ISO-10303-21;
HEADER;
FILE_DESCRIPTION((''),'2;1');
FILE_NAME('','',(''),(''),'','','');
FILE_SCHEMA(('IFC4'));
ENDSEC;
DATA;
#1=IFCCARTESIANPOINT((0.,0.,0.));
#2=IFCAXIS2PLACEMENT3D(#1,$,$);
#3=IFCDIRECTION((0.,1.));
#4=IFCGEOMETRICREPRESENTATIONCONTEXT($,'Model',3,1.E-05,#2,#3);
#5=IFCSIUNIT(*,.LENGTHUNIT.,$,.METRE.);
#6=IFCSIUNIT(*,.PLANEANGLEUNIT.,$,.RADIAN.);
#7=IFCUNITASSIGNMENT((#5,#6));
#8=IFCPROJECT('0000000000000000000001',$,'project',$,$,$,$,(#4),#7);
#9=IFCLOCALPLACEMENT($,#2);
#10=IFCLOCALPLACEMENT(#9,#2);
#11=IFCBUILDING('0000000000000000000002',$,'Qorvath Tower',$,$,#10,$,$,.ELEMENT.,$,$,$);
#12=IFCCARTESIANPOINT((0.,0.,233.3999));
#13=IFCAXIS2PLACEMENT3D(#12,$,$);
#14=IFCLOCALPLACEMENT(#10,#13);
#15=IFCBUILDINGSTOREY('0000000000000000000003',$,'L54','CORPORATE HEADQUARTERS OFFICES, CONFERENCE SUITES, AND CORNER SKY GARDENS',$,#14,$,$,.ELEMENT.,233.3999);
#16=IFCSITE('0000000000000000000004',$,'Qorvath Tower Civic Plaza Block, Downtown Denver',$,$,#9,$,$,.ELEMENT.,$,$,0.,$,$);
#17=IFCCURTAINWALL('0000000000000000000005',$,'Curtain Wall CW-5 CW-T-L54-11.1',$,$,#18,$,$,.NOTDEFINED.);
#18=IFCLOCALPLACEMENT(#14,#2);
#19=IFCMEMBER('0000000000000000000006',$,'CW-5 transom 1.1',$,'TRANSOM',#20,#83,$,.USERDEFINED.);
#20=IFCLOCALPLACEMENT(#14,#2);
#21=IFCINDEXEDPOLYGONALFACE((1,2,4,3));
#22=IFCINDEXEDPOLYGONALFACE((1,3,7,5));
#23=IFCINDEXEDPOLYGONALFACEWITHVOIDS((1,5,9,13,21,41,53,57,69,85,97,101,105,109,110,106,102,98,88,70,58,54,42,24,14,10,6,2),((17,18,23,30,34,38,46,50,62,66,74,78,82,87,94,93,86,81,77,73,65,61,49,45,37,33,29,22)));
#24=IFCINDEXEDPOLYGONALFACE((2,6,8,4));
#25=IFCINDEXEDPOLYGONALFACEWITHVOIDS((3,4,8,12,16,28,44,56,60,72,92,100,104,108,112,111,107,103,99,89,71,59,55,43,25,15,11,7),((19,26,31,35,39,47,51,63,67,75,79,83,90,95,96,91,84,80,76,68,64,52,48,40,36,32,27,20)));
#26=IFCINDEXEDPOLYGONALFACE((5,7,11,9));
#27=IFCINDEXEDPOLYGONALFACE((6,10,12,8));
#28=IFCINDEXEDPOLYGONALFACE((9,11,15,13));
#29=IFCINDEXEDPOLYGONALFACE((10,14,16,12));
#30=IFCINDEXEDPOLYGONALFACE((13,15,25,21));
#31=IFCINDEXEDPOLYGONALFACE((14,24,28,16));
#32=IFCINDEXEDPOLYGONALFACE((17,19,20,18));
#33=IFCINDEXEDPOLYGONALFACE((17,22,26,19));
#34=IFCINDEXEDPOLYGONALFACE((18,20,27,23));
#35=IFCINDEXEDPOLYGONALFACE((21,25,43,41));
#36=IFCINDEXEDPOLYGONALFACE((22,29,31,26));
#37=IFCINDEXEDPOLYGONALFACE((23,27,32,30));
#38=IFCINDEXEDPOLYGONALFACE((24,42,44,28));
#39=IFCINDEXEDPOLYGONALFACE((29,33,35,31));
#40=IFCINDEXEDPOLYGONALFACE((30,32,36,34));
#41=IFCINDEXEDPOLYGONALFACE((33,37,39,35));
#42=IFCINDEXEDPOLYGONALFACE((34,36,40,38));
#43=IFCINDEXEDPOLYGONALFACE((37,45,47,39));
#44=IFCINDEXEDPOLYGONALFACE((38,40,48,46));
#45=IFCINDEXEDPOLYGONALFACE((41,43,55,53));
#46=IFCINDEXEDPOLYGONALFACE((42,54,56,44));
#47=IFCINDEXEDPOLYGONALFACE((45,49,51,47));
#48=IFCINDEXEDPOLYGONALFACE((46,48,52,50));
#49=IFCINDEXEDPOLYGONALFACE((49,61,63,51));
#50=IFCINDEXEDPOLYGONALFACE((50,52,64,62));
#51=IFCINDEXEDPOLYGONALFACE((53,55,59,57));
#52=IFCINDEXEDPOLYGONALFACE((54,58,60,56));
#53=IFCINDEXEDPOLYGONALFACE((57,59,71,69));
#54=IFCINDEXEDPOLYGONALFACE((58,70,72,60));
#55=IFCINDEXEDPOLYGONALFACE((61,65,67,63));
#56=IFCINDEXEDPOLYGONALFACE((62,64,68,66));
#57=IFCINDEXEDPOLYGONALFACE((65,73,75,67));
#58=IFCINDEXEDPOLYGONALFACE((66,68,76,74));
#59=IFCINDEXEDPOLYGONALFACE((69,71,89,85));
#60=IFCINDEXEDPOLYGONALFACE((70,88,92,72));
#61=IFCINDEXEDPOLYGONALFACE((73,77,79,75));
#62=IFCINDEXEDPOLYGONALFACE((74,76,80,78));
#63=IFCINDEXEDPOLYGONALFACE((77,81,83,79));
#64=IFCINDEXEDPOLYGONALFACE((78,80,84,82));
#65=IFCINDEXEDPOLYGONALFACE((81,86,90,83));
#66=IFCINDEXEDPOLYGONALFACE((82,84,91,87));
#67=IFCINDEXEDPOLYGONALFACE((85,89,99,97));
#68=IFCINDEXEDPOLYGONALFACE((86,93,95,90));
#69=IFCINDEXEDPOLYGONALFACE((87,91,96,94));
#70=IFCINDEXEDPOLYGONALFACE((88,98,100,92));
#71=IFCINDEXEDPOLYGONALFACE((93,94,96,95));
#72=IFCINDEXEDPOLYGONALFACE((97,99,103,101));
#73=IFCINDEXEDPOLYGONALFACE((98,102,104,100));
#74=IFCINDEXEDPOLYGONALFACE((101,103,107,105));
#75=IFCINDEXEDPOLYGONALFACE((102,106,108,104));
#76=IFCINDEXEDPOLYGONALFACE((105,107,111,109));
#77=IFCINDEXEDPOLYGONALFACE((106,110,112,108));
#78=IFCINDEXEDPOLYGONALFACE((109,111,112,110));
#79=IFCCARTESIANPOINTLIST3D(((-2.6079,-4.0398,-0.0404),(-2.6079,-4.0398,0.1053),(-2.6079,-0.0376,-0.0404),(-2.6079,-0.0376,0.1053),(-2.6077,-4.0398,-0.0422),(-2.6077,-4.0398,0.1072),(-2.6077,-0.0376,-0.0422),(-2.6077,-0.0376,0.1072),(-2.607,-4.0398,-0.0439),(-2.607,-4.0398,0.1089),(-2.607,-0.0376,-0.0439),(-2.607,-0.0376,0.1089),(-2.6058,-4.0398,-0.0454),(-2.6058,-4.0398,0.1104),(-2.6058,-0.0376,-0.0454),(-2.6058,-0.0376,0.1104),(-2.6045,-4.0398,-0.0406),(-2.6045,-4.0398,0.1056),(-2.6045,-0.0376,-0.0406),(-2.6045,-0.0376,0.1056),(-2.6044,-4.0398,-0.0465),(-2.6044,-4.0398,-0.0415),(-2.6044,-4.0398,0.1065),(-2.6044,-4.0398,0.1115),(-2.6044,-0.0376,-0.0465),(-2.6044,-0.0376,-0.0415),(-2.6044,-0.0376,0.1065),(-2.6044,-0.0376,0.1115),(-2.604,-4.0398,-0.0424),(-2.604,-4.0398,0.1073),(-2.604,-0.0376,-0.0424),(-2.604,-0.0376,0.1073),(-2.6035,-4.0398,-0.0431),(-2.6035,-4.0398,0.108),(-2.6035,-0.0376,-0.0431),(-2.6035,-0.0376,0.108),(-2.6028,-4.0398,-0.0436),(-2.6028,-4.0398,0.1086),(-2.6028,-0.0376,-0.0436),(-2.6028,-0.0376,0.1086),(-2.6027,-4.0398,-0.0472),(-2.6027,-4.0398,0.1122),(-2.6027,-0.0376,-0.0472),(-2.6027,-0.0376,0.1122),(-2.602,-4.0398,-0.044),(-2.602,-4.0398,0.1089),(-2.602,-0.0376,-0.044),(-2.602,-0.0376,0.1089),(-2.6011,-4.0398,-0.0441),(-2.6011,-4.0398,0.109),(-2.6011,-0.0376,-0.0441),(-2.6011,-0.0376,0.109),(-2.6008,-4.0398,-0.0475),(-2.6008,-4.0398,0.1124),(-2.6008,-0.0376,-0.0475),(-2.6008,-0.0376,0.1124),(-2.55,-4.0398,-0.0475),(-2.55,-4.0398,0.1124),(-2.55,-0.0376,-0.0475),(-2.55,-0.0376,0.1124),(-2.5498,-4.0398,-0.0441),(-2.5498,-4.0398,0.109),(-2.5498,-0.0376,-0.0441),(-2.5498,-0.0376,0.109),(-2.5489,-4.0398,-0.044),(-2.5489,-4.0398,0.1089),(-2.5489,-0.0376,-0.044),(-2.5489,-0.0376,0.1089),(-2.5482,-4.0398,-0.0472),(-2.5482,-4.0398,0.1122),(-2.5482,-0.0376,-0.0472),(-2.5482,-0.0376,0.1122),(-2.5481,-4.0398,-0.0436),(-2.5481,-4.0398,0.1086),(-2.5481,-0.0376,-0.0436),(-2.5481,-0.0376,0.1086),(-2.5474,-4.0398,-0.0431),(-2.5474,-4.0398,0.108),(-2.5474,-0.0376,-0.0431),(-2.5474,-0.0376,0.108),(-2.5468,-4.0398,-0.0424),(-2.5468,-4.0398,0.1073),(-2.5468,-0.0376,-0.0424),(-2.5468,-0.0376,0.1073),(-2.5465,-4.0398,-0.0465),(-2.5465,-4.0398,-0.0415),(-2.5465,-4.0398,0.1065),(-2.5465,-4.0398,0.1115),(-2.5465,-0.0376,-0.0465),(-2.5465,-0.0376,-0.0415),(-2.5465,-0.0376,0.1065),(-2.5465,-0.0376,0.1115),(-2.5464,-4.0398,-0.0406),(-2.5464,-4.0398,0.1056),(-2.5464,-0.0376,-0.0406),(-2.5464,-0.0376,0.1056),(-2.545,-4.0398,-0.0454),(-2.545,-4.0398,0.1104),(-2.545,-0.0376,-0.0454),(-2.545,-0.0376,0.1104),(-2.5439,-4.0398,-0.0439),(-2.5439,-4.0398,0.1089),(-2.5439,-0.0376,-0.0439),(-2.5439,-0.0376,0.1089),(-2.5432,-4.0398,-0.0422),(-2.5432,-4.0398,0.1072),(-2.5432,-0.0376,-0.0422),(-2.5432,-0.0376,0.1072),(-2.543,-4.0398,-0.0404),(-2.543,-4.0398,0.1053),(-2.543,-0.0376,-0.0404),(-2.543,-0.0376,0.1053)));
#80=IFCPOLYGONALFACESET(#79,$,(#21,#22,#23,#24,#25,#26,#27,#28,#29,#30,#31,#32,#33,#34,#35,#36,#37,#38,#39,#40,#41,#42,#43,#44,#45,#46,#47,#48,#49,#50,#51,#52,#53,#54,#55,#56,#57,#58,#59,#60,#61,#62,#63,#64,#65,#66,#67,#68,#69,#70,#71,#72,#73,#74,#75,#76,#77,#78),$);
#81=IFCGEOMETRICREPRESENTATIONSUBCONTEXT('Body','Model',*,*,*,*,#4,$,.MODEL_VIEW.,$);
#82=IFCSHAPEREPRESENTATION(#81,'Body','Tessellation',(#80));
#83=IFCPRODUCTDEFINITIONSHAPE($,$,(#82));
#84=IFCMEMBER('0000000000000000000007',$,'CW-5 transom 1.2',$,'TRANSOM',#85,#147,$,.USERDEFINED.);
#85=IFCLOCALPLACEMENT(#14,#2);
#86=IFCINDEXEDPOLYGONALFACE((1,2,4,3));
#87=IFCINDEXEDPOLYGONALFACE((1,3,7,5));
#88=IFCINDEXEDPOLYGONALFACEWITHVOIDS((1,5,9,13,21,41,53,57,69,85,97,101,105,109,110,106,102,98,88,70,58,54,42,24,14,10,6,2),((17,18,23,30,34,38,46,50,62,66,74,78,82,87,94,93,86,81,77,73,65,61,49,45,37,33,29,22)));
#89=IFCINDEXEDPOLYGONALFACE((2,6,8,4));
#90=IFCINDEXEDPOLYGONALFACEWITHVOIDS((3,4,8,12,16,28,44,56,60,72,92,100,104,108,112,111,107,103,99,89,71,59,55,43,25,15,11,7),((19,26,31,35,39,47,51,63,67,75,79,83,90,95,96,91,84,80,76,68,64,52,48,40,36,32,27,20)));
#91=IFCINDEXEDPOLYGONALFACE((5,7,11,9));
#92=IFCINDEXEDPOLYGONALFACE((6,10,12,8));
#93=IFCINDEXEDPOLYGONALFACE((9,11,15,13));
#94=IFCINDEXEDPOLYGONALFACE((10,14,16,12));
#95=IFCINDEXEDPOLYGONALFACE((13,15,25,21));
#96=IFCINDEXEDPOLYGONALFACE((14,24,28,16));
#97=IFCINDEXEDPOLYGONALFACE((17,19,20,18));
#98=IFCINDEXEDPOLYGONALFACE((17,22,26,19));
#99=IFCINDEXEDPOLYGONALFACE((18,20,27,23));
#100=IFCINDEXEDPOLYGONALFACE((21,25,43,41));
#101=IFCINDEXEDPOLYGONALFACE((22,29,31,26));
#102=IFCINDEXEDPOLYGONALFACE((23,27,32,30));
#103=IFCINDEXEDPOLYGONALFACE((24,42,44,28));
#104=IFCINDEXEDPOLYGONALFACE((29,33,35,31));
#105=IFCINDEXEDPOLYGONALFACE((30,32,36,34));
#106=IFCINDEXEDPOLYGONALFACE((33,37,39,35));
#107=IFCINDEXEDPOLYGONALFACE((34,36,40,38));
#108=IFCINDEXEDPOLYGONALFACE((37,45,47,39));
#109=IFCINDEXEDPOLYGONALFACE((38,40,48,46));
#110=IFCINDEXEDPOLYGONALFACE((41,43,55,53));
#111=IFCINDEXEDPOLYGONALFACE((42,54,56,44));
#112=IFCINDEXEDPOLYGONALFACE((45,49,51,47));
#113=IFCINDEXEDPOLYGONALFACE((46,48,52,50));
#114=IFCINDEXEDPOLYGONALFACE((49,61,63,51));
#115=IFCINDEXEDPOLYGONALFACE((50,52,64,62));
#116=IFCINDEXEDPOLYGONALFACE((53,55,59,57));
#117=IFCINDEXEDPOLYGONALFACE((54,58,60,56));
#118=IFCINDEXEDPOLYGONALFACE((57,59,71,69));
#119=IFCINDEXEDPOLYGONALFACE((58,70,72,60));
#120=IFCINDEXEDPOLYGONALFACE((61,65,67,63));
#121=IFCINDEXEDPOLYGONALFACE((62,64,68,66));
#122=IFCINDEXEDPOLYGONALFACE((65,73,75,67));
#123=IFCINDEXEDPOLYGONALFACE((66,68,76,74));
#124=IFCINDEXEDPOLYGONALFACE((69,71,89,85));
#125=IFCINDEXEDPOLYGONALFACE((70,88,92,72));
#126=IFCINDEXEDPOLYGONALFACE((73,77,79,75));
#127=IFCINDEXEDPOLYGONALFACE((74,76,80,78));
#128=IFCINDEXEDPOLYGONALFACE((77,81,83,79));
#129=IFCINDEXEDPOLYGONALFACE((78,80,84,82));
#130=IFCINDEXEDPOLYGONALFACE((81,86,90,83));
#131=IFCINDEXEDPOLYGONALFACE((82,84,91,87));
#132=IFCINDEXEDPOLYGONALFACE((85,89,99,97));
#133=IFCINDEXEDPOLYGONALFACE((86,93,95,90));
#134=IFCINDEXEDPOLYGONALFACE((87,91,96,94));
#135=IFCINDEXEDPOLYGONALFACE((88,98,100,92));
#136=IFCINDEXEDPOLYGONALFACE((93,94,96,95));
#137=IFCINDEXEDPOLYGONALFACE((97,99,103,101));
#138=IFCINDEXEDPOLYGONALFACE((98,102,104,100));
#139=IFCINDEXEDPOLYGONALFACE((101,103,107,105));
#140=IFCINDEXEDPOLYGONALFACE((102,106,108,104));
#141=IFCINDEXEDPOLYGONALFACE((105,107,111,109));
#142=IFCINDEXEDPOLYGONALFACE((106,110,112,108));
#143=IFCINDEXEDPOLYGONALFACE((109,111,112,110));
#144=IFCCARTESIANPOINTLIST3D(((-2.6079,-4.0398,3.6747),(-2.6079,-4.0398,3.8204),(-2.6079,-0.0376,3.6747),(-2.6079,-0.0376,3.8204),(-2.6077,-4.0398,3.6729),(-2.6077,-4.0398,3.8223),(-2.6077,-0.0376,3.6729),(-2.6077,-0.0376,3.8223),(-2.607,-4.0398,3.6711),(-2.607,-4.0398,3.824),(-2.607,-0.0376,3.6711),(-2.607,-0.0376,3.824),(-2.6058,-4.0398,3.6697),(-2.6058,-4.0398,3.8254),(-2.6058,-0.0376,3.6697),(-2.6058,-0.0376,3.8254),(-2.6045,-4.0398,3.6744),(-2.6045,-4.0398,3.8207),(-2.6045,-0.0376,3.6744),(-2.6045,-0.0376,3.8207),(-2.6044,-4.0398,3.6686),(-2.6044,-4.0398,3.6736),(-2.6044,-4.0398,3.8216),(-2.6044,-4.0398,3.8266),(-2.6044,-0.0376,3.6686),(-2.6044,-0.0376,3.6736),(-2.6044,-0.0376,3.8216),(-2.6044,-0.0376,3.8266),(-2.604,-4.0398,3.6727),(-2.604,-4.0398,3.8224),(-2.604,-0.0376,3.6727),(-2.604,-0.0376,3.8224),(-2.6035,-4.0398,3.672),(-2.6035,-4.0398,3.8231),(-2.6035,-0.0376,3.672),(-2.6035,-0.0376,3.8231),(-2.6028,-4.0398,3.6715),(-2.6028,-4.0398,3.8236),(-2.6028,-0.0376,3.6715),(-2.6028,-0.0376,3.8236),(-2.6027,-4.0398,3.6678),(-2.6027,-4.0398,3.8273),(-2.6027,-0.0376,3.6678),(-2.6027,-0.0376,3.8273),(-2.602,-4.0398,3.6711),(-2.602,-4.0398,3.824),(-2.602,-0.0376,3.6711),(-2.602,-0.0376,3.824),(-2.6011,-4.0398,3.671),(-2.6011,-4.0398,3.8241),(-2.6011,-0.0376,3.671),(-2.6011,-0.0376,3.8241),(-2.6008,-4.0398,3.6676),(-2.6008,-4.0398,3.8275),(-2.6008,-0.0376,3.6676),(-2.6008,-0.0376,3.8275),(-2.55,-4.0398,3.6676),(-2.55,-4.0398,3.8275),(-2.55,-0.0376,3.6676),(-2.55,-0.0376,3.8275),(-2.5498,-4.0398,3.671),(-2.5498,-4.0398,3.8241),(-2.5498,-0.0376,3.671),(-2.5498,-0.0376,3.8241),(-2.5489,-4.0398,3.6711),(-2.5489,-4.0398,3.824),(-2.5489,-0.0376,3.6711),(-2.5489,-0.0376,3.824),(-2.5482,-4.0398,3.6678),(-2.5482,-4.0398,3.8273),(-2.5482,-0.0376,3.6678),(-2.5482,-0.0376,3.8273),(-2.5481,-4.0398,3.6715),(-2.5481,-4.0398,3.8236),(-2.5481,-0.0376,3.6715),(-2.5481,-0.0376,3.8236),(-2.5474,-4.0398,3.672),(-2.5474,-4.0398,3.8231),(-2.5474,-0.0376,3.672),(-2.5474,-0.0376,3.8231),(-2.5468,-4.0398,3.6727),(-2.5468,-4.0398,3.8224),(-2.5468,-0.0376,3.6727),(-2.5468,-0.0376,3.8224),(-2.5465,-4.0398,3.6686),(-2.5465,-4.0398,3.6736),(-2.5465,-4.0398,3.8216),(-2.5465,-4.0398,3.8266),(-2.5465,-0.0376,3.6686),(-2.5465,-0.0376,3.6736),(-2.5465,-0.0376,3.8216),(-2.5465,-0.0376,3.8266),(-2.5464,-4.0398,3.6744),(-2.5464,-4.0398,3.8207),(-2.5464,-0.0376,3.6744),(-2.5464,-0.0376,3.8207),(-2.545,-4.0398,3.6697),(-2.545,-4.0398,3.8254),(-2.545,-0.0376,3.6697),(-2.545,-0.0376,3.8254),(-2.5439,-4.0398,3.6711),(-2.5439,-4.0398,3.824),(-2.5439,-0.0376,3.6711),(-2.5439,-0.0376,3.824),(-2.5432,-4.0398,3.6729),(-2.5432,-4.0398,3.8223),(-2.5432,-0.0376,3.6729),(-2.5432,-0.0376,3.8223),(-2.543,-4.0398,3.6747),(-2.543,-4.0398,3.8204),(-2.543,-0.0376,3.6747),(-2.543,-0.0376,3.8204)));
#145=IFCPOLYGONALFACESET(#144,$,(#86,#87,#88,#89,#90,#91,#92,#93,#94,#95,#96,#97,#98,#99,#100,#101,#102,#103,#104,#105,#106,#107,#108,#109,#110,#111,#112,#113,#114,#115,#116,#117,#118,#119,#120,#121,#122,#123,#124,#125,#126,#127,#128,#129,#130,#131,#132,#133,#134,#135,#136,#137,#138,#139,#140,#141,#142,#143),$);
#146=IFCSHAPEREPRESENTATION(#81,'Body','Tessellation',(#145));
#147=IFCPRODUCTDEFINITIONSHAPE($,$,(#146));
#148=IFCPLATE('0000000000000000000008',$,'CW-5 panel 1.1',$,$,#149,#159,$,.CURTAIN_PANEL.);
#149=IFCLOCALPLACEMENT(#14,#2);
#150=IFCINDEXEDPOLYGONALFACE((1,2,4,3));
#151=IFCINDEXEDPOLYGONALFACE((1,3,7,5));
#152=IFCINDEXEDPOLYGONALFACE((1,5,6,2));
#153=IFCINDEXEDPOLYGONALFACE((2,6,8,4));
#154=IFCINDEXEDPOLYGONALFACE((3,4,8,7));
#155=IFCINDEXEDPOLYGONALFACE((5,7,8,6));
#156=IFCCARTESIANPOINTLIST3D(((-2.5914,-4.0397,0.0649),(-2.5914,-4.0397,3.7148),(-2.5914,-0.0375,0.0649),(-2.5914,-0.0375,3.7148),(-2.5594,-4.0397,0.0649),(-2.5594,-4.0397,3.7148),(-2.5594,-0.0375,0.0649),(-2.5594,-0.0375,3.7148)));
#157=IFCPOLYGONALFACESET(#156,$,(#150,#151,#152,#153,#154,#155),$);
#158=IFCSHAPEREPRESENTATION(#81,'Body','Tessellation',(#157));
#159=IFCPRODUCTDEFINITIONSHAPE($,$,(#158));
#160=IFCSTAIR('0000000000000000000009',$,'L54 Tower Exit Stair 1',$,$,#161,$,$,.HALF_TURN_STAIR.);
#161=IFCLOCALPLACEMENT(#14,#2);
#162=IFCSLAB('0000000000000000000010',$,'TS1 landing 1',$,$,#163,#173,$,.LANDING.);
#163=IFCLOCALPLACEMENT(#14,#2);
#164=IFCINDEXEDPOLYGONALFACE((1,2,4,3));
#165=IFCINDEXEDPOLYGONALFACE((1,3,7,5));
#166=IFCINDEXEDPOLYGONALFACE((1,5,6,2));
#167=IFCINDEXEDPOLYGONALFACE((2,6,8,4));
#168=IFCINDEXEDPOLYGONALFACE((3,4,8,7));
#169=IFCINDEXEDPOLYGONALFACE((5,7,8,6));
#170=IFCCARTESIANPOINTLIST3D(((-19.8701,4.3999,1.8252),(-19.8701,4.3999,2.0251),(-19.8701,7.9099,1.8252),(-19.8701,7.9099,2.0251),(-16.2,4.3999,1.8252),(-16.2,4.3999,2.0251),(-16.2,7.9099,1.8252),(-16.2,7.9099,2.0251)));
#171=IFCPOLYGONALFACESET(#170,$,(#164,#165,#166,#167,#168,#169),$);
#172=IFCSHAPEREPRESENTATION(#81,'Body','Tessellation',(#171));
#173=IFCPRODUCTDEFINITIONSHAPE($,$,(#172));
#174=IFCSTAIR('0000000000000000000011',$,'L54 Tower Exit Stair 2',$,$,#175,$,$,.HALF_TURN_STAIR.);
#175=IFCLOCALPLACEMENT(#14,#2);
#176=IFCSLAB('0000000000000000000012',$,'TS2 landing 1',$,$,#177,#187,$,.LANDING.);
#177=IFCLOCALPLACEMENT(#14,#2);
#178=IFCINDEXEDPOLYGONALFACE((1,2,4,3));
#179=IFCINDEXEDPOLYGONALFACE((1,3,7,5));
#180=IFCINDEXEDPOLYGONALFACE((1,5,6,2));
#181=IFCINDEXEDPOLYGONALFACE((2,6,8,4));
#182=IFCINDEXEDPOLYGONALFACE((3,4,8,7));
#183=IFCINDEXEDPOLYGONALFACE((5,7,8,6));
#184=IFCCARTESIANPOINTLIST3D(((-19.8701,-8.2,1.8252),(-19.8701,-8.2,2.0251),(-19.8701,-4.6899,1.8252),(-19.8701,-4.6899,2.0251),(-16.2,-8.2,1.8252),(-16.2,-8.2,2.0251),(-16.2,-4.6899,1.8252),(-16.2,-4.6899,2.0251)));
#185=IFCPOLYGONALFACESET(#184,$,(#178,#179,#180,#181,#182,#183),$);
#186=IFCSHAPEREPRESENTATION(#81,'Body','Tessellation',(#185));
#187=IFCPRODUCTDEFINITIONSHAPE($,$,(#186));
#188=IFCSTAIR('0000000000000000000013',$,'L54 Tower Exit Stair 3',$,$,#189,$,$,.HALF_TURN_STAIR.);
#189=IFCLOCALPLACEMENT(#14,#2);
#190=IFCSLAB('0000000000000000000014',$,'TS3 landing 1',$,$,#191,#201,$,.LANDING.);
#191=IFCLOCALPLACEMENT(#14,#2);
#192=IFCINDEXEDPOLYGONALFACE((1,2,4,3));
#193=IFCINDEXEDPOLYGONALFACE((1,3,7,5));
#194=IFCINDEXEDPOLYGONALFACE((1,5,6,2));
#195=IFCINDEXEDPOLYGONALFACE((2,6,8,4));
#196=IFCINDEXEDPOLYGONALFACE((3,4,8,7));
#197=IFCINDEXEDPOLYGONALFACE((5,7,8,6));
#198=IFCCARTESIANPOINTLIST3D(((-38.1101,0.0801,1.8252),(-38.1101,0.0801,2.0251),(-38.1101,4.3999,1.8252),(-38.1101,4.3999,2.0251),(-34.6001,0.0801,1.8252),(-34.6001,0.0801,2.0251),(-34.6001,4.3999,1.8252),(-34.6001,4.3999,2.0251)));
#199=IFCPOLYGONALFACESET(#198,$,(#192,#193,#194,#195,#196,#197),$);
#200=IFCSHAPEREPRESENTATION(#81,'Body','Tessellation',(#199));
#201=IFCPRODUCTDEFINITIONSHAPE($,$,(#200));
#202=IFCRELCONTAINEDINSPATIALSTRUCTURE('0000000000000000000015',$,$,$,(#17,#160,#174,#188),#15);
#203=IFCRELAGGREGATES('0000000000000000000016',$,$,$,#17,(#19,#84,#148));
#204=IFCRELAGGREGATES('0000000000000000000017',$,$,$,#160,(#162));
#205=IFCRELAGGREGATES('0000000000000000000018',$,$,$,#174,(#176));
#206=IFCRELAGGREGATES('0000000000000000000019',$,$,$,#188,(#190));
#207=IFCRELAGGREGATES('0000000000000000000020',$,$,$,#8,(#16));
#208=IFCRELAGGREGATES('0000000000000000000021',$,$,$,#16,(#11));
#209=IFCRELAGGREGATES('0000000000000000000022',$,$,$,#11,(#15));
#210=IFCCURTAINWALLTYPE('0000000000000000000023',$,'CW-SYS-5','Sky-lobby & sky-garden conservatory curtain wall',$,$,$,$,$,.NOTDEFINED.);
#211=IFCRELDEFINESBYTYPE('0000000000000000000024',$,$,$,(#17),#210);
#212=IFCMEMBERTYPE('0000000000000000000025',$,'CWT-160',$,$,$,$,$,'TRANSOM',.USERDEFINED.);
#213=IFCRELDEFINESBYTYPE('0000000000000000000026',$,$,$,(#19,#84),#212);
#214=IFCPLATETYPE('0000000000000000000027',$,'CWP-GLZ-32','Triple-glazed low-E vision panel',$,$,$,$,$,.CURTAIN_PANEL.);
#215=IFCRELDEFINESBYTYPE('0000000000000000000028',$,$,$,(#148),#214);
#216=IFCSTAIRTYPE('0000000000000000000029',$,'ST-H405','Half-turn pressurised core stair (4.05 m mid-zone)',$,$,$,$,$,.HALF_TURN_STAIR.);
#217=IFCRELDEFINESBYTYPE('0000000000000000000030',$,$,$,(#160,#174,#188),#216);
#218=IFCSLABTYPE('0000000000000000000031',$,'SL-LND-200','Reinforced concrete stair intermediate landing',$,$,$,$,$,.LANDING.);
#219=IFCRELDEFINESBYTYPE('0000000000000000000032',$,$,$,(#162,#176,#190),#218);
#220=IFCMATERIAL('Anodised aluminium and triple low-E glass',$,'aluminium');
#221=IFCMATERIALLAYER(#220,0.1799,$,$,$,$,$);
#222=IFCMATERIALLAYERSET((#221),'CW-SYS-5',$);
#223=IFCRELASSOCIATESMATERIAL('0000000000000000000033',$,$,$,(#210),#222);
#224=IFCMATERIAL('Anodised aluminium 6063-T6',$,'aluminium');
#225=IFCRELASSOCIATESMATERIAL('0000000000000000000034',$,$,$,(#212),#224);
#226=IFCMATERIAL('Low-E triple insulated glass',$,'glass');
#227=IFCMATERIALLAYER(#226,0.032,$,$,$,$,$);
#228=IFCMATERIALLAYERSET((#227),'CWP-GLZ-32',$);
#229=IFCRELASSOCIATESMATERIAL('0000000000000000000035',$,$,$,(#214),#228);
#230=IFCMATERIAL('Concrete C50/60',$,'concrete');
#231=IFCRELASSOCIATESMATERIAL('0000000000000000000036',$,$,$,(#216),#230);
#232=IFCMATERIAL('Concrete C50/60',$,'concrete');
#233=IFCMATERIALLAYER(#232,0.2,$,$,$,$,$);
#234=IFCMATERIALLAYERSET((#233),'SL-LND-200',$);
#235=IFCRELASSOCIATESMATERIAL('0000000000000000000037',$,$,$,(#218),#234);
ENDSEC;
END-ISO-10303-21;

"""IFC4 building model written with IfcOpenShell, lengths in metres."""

from ifc_helpers import new_model, si_unit, direction, frame, origin, origin_2d, place, context, subcontext, project, spatial, polyline, rectangle, hollow_rectangle, outline, extrude, material, layer, layer_set, material_profile, profile_set, type_object, element, aggregate, save


model = new_model("IFC4")

# Units and contexts
model_context = context("Model", 3, precision=1e-05, world=origin(), true_north=direction((0.0, 1.0)))
body_context = subcontext(model_context, "Body", "Model", "MODEL_VIEW")
ifc_project = project(units=[si_unit("LENGTHUNIT", "METRE"), si_unit("PLANEANGLEUNIT", "RADIAN")], contexts=[model_context])

# Site, building, storey
site_placement = place(None, origin())
site = spatial("IfcSite", under=ifc_project, at=site_placement, Name="Qorvath Tower Civic Plaza Block, Downtown Denver", CompositionType="ELEMENT", RefElevation=0.0)
building_placement = place(site_placement, origin())
building = spatial("IfcBuilding", under=site, at=building_placement, Name="Qorvath Tower", CompositionType="ELEMENT")
storey_placement = place(building_placement, frame((0.0, 0.0, 233.3999)))
storey = spatial("IfcBuildingStorey", under=building, at=storey_placement, Name="L54", Description="CORPORATE HEADQUARTERS OFFICES, CONFERENCE SUITES, AND CORNER SKY GARDENS", CompositionType="ELEMENT", Elevation=233.3999)

# Curtain wall, members, plate
ifc_material_1 = material(Name="Anodised aluminium and triple low-E glass", Category="aluminium")
ifc_layer_1 = layer(ifc_material_1, 0.1799)
ifc_layer_set_1 = layer_set([ifc_layer_1], Name="CW-SYS-5")
curtain_wall_type = type_object("IfcCurtainWallType", Name="CW-SYS-5", Description="Sky-lobby & sky-garden conservatory curtain wall", PredefinedType="NOTDEFINED", material=ifc_layer_set_1)
curtain_wall_placement = place(storey_placement, origin())
curtain_wall = element("IfcCurtainWall", 1, at=curtain_wall_placement, inside=storey, type_object=curtain_wall_type, Name="Curtain Wall CW-5 CW-T-L54-11.1", PredefinedType="NOTDEFINED")
ifc_material_2 = material(Name="Anodised aluminium 6063-T6", Category="aluminium")
ifc_material_profile_1 = material_profile(ifc_material_2, hollow_rectangle(XDim=0.0649, YDim=0.1599, WallThickness=0.0034, InnerFilletRadius=0.0034, OuterFilletRadius=0.0071, at=origin_2d()), Name="CWT 160x65")
ifc_profile_set_1 = profile_set([ifc_material_profile_1], Name="Anodised aluminium 6063-T6")
member_type_1 = type_object("IfcMemberType", Name="CWT-160", ElementType="TRANSOM", PredefinedType="USERDEFINED", material=ifc_profile_set_1)
member_1_placement = place(storey_placement, frame((-2.5754, -4.0398, 0.0325), z_axis=(0.0, 1.0, 0.0), x_axis=(-1.0, 0.0, 0.0)))
member_1 = element("IfcMember", 2, at=member_1_placement, type_object=member_type_1, Name="CW-5 transom 1.1", ObjectType="TRANSOM", PredefinedType="USERDEFINED", context=body_context, shape_type="SweptSolid", body=[
    extrude(hollow_rectangle(XDim=0.0649, YDim=0.1599, WallThickness=0.0034, InnerFilletRadius=0.0034, OuterFilletRadius=0.0071, at=origin_2d()), origin(), (0.0, 0.0, 1.0), 4.0022),
])
member_2_placement = place(storey_placement, frame((-2.5754, -4.0398, 3.7476), z_axis=(0.0, 1.0, 0.0), x_axis=(-1.0, 0.0, 0.0)))
member_2 = element("IfcMember", 3, at=member_2_placement, type_object=member_type_1, Name="CW-5 transom 1.2", ObjectType="TRANSOM", PredefinedType="USERDEFINED", context=body_context, shape_type="SweptSolid", body=[
    extrude(hollow_rectangle(XDim=0.0649, YDim=0.1599, WallThickness=0.0034, InnerFilletRadius=0.0034, OuterFilletRadius=0.0071, at=origin_2d()), origin(), (0.0, 0.0, 1.0), 4.0022),
])
ifc_material_3 = material(Name="Low-E triple insulated glass", Category="glass")
ifc_layer_2 = layer(ifc_material_3, 0.032)
ifc_layer_set_2 = layer_set([ifc_layer_2], Name="CWP-GLZ-32")
plate_type = type_object("IfcPlateType", Name="CWP-GLZ-32", Description="Triple-glazed low-E vision panel", PredefinedType="CURTAIN_PANEL", material=ifc_layer_set_2)
plate_placement = place(storey_placement, frame((-2.5754, -2.0386, 0.0649), z_axis=(0.0, 0.0, 1.0), x_axis=(0.0, 1.0, 0.0)))
plate = element("IfcPlate", 4, at=plate_placement, type_object=plate_type, Name="CW-5 panel 1.1", PredefinedType="CURTAIN_PANEL", context=body_context, shape_type="SweptSolid", body=[
    extrude(rectangle(XDim=4.0022, YDim=0.032, at=origin_2d()), origin(), (0.0, 0.0, 1.0), 3.6499),
])
aggregate(curtain_wall, [member_1, member_2, plate])

# Stairs, slabs
ifc_material_4 = material(Name="Concrete C50/60", Category="concrete")
stair_type = type_object("IfcStairType", Name="ST-H405", Description="Half-turn pressurised core stair (4.05 m mid-zone)", PredefinedType="HALF_TURN_STAIR", material=ifc_material_4)
stair_1_placement = place(storey_placement, origin())
stair_1 = element("IfcStair", 5, at=stair_1_placement, inside=storey, type_object=stair_type, Name="L54 Tower Exit Stair 1", PredefinedType="HALF_TURN_STAIR")
ifc_material_5 = material(Name="Concrete C50/60", Category="concrete")
ifc_layer_3 = layer(ifc_material_5, 0.2)
ifc_layer_set_3 = layer_set([ifc_layer_3], Name="SL-LND-200")
slab_type_1 = type_object("IfcSlabType", Name="SL-LND-200", Description="Reinforced concrete stair intermediate landing", PredefinedType="LANDING", material=ifc_layer_set_3)
slab_1_placement = place(storey_placement, frame((0.0, 0.0, 1.8252)))
slab_1 = element("IfcSlab", 6, at=slab_1_placement, type_object=slab_type_1, Name="TS1 landing 1", PredefinedType="LANDING", context=body_context, shape_type="SweptSolid", body=[
    extrude(outline(polyline([(-19.8701, 4.3999), (-16.2, 4.3999), (-16.2, 7.9099), (-19.8701, 7.9099), (-19.8701, 4.3999)])), origin(), (0.0, 0.0, 1.0), 0.2),
])
aggregate(stair_1, [slab_1])
stair_2_placement = place(storey_placement, origin())
stair_2 = element("IfcStair", 7, at=stair_2_placement, inside=storey, type_object=stair_type, Name="L54 Tower Exit Stair 2", PredefinedType="HALF_TURN_STAIR")
slab_2_placement = place(storey_placement, frame((0.0, 0.0, 1.8252)))
slab_2 = element("IfcSlab", 8, at=slab_2_placement, type_object=slab_type_1, Name="TS2 landing 1", PredefinedType="LANDING", context=body_context, shape_type="SweptSolid", body=[
    extrude(outline(polyline([(-19.8701, -8.2), (-16.2, -8.2), (-16.2, -4.6899), (-19.8701, -4.6899), (-19.8701, -8.2)])), origin(), (0.0, 0.0, 1.0), 0.2),
])
aggregate(stair_2, [slab_2])
stair_3_placement = place(storey_placement, origin())
stair_3 = element("IfcStair", 9, at=stair_3_placement, inside=storey, type_object=stair_type, Name="L54 Tower Exit Stair 3", PredefinedType="HALF_TURN_STAIR")
slab_3_placement = place(storey_placement, frame((0.0, 0.0, 1.8252)))
slab_3 = element("IfcSlab", 10, at=slab_3_placement, type_object=slab_type_1, Name="TS3 landing 1", PredefinedType="LANDING", context=body_context, shape_type="SweptSolid", body=[
    extrude(outline(polyline([(-34.6001, 0.0801), (-34.6001, 4.3999), (-38.1101, 4.3999), (-38.1101, 0.0801), (-34.6001, 0.0801)])), origin(), (0.0, 0.0, 1.0), 0.2),
])
aggregate(stair_3, [slab_3])

save(model, "model.ifc")
